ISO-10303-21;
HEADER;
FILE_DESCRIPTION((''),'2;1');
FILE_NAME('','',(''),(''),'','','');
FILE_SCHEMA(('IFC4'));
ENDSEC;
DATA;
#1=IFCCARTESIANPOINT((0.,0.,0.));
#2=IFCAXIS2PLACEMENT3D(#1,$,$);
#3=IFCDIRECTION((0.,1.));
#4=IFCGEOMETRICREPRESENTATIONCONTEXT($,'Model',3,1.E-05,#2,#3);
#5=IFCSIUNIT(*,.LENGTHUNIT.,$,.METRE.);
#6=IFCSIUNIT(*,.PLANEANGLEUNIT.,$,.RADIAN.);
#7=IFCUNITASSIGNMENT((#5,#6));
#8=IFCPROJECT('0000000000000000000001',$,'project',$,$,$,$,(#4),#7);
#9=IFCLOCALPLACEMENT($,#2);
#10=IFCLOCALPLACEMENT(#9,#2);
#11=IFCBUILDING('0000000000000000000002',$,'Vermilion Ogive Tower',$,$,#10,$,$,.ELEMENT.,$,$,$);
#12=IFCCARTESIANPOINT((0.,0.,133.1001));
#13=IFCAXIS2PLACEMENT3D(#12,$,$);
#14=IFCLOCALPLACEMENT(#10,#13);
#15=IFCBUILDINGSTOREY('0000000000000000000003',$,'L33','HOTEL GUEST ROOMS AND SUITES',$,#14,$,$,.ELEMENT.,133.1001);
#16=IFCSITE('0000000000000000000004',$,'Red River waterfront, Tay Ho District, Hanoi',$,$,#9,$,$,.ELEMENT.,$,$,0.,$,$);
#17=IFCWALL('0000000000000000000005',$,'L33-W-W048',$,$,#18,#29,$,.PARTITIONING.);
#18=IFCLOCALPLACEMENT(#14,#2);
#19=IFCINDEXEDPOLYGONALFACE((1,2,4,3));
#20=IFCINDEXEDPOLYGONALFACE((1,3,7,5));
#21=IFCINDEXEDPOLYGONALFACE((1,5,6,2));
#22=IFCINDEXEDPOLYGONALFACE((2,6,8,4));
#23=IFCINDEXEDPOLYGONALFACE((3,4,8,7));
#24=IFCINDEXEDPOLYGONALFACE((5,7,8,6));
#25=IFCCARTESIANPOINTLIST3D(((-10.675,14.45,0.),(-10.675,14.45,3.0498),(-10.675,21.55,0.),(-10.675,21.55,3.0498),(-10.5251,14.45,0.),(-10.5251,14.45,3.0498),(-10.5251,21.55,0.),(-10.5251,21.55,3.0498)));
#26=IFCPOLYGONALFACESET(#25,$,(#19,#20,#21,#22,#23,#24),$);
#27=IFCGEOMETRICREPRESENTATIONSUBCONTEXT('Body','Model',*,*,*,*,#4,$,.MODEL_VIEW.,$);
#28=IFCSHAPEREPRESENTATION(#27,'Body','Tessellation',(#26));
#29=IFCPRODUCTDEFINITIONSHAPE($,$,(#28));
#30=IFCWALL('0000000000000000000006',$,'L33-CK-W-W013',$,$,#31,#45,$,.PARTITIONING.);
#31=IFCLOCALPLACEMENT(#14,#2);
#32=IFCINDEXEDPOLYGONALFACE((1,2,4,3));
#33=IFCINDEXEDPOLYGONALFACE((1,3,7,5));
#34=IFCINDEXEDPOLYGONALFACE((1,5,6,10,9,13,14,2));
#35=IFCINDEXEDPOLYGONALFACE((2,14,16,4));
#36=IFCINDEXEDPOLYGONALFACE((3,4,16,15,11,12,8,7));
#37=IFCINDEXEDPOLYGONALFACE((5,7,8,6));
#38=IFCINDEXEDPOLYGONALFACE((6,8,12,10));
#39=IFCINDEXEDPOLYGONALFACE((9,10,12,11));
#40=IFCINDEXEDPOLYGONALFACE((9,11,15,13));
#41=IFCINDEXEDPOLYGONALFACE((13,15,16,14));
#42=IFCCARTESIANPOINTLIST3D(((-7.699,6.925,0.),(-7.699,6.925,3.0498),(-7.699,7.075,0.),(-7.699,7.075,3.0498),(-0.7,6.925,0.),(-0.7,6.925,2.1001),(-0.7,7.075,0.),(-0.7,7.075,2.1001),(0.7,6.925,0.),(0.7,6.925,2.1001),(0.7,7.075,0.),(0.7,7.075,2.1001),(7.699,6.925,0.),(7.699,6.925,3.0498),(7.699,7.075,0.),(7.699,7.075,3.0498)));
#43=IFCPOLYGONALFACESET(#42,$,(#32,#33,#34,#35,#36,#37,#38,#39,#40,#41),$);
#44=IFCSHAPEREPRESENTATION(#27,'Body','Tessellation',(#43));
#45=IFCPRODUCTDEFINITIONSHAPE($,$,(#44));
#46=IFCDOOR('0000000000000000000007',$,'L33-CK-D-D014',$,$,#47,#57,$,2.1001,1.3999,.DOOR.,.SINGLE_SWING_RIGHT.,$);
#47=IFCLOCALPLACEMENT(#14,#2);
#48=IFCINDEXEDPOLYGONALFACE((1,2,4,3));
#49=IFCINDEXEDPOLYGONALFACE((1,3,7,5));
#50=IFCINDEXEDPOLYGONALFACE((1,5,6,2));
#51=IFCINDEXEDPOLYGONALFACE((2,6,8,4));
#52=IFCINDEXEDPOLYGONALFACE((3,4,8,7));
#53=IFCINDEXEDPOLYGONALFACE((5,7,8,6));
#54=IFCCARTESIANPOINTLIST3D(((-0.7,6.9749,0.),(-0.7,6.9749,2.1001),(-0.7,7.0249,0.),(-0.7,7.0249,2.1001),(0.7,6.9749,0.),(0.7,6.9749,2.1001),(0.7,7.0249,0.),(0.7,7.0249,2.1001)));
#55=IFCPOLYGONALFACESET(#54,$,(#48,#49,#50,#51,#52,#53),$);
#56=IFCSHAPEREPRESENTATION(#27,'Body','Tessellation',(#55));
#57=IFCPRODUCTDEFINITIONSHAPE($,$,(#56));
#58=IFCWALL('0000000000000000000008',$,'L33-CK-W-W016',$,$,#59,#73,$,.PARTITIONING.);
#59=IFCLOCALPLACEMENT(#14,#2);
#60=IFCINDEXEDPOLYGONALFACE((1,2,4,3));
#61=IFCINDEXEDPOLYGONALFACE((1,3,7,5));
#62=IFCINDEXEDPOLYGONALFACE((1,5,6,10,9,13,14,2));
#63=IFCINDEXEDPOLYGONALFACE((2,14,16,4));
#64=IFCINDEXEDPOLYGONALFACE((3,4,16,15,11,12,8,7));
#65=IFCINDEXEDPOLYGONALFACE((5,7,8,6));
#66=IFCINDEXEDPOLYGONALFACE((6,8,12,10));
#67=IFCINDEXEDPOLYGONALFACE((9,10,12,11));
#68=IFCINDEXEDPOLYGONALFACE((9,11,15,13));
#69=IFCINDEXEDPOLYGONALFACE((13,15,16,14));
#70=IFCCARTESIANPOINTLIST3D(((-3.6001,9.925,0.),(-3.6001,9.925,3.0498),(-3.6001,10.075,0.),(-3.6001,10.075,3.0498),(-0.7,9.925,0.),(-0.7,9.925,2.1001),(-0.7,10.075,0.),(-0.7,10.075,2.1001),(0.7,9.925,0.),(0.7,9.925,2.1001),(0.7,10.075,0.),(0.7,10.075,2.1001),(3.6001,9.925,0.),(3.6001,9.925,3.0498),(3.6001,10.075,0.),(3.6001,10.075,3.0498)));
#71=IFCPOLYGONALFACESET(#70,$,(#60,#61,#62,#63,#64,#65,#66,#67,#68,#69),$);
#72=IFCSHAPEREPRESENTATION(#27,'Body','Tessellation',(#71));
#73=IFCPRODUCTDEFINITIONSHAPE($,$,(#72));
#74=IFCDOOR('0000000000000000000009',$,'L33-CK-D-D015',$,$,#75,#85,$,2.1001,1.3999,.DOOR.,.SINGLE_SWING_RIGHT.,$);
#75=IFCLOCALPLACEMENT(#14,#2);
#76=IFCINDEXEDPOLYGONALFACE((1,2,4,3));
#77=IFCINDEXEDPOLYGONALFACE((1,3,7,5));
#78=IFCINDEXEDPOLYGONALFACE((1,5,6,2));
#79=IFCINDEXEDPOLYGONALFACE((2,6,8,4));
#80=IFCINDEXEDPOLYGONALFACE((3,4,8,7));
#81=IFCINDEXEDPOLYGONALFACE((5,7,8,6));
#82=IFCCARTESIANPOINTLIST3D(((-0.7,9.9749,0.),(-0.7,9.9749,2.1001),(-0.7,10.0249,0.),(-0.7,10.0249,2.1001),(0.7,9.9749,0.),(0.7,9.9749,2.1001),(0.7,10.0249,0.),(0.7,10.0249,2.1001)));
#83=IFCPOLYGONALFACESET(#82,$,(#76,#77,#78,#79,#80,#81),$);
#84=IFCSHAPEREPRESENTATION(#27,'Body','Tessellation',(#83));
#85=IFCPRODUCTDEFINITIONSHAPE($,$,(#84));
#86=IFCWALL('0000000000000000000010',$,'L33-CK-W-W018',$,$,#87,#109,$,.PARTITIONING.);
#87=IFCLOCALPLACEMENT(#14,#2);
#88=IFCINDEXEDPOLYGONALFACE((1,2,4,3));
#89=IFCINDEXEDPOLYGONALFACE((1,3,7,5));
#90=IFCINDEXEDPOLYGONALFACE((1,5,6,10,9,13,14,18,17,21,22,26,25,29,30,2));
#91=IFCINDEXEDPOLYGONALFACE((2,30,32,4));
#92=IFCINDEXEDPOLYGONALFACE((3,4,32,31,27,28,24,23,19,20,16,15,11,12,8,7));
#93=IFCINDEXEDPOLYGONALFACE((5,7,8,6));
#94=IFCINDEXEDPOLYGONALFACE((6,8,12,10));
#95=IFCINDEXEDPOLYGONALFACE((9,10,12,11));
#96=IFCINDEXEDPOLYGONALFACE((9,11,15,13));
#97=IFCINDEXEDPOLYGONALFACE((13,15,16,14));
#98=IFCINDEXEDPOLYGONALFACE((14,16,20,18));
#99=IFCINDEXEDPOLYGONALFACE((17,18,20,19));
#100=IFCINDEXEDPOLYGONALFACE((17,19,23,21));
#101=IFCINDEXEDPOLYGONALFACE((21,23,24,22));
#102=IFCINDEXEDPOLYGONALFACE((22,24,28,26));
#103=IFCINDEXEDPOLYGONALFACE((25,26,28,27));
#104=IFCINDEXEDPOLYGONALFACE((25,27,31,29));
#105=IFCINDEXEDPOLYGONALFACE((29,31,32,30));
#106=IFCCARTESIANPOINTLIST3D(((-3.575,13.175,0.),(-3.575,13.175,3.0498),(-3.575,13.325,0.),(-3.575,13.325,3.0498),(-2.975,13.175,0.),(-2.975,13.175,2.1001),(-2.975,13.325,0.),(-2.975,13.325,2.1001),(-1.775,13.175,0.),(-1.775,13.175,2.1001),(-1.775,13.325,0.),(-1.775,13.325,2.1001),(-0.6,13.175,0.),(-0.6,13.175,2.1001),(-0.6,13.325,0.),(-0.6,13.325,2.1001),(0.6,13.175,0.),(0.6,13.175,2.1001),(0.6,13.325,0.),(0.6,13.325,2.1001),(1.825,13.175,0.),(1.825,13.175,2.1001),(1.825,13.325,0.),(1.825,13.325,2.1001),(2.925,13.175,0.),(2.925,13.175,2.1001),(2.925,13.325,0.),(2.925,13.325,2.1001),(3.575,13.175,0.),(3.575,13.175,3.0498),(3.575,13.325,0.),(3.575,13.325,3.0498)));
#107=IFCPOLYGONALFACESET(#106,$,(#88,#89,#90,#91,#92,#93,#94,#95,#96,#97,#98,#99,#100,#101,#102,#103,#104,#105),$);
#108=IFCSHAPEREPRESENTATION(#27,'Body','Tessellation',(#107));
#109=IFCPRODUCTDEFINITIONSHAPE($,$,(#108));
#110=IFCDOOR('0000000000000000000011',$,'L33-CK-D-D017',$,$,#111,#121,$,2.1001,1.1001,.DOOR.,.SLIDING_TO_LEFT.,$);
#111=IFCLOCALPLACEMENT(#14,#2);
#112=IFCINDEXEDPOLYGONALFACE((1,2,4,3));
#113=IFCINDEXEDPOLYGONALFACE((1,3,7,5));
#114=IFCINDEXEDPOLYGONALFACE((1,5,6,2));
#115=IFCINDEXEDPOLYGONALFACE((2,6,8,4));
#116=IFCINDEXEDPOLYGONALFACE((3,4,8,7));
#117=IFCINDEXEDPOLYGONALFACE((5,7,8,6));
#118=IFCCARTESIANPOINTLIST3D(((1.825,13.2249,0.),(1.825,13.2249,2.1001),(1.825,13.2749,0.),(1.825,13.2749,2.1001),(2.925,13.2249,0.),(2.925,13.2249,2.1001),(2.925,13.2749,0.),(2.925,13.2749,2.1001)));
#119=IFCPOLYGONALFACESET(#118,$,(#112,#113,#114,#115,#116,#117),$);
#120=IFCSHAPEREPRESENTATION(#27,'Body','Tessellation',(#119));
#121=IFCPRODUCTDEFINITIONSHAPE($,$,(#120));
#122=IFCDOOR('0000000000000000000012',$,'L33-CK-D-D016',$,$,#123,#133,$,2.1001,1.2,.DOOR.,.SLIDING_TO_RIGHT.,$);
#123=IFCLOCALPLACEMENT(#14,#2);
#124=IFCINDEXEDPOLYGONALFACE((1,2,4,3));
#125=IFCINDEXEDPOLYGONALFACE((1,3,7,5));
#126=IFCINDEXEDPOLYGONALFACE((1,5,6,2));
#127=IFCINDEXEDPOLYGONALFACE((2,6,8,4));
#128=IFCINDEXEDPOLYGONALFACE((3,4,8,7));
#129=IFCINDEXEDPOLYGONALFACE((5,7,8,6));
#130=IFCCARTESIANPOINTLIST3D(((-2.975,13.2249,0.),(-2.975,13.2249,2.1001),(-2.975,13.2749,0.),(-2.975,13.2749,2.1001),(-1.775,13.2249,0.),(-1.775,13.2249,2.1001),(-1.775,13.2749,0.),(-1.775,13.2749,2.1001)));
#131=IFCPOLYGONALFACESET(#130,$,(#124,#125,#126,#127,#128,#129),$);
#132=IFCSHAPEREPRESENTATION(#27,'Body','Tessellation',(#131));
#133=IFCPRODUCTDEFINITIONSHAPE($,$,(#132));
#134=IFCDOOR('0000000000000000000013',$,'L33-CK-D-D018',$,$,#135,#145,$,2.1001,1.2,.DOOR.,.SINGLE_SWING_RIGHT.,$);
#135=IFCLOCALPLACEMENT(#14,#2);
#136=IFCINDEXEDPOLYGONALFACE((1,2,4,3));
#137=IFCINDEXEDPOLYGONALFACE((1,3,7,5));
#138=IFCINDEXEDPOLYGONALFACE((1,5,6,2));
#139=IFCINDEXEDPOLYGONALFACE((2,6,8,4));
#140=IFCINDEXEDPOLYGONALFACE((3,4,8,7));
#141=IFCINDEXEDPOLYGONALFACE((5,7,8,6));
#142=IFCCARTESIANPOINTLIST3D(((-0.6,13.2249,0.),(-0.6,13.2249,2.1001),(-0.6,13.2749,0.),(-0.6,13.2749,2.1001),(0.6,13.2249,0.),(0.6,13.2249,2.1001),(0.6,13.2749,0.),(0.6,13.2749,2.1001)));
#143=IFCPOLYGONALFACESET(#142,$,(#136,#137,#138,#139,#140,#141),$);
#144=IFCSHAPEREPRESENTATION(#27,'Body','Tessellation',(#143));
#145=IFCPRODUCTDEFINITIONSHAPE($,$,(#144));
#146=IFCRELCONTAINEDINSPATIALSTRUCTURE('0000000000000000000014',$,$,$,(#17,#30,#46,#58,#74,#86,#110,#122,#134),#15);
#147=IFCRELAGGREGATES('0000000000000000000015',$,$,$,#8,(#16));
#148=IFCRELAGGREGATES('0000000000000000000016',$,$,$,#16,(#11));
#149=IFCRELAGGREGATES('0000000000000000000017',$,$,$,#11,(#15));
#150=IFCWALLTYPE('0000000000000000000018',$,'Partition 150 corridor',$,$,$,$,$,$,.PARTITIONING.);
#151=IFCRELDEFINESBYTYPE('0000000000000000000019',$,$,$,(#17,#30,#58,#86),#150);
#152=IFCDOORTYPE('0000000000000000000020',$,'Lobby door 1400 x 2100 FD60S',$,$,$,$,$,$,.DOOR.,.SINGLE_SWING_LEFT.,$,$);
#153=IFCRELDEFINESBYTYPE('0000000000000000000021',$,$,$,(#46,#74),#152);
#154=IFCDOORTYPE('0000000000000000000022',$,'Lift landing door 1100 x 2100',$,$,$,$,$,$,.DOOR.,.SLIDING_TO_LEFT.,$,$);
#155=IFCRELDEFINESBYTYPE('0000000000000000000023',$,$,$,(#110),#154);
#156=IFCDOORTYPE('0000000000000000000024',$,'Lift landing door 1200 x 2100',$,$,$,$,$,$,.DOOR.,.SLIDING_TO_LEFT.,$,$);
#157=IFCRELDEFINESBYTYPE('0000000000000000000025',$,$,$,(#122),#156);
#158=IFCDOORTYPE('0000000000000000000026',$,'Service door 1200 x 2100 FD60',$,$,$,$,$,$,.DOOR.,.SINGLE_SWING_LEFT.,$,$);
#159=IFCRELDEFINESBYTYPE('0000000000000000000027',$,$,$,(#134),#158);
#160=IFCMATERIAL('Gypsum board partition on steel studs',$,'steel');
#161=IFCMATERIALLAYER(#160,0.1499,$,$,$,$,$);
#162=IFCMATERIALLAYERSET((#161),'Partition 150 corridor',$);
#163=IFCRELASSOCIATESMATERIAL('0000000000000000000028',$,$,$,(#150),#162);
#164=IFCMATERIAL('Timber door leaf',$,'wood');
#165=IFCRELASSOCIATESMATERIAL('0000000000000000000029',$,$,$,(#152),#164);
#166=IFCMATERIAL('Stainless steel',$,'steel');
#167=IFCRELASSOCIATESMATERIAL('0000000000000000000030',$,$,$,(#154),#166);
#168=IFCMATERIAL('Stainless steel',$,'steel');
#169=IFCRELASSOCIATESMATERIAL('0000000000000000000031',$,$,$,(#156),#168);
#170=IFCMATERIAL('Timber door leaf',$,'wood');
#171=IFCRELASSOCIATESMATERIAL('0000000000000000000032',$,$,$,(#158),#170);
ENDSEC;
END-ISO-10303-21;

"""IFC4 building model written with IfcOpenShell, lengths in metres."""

from ifc_helpers import new_model, si_unit, direction, frame, frame_2d, origin, place, context, subcontext, project, spatial, rectangle, extrude, material, layer, layer_set, type_object, element, fill, save


model = new_model("IFC4")

# Units and contexts
model_context = context("Model", 3, precision=1e-05, world=origin(), true_north=direction((0.0, 1.0)))
body_context = subcontext(model_context, "Body", "Model", "MODEL_VIEW")
ifc_project = project(units=[si_unit("LENGTHUNIT", "METRE"), si_unit("PLANEANGLEUNIT", "RADIAN")], contexts=[model_context])

# Site, building, storey
site_placement = place(None, origin())
site = spatial("IfcSite", under=ifc_project, at=site_placement, Name="Red River waterfront, Tay Ho District, Hanoi", CompositionType="ELEMENT", RefElevation=0.0)
building_placement = place(site_placement, origin())
building = spatial("IfcBuilding", under=site, at=building_placement, Name="Vermilion Ogive Tower", CompositionType="ELEMENT")
storey_placement = place(building_placement, frame((0.0, 0.0, 133.1001)))
storey = spatial("IfcBuildingStorey", under=building, at=storey_placement, Name="L33", Description="HOTEL GUEST ROOMS AND SUITES", CompositionType="ELEMENT", Elevation=133.1001)

# Wall
ifc_material_1 = material(Name="Gypsum board partition on steel studs", Category="steel")
ifc_layer_1 = layer(ifc_material_1, 0.1499)
ifc_layer_set_1 = layer_set([ifc_layer_1], Name="Partition 150 corridor")
wall_type_1 = type_object("IfcWallType", Name="Partition 150 corridor", PredefinedType="PARTITIONING", material=ifc_layer_set_1)
wall_1_placement = place(storey_placement, frame((-10.6001, 14.45, 0.0), z_axis=(0.0, 0.0, 1.0), x_axis=(0.0, 1.0, 0.0)))
element("IfcWall", 1, at=wall_1_placement, inside=storey, type_object=wall_type_1, Name="L33-W-W048", PredefinedType="PARTITIONING", context=body_context, shape_type="SweptSolid", body=[
    extrude(rectangle(XDim=7.1001, YDim=0.1499, at=frame_2d((3.55, 0.0))), origin(), (0.0, 0.0, 1.0), 3.0498),
])

# Walls, openings, doors
wall_2_placement = place(storey_placement, frame((-7.699, 7.0, 0.0), z_axis=(0.0, 0.0, 1.0), x_axis=(1.0, 0.0, 0.0)))
wall_2 = element("IfcWall", 2, at=wall_2_placement, inside=storey, type_object=wall_type_1, Name="L33-CK-W-W013", PredefinedType="PARTITIONING", context=body_context, shape_type="SweptSolid", body=[
    extrude(rectangle(XDim=15.3979, YDim=0.1499, at=frame_2d((7.699, 0.0))), origin(), (0.0, 0.0, 1.0), 3.0498),
])
opening_1_placement = place(wall_2_placement, frame((6.999, 0.0, 0.0)))
opening_1 = element("IfcOpeningElement", 3, at=opening_1_placement, cuts=wall_2, PredefinedType="OPENING", context=body_context, shape_type="SweptSolid", body=[
    extrude(rectangle(XDim=1.3999, YDim=2.1001, at=frame_2d((0.7, 1.05))), frame((0.0, 0.085, 0.0), z_axis=(0.0, -1.0, 0.0), x_axis=(1.0, 0.0, 0.0)), (0.0, 0.0, 1.0), 0.1699),
])
ifc_material_2 = material(Name="Timber door leaf", Category="wood")
door_type_1 = type_object("IfcDoorType", Name="Lobby door 1400 x 2100 FD60S", OperationType="SINGLE_SWING_LEFT", PredefinedType="DOOR", material=ifc_material_2)
door_1_placement = place(opening_1_placement, origin())
door_1 = element("IfcDoor", 4, at=door_1_placement, inside=storey, type_object=door_type_1, Name="L33-CK-D-D014", OperationType="SINGLE_SWING_RIGHT", OverallHeight=2.1001, OverallWidth=1.3999, PredefinedType="DOOR", context=body_context, shape_type="SweptSolid", body=[
    extrude(rectangle(XDim=1.3999, YDim=2.1001, at=frame_2d((0.7, 1.05))), frame((0.0, 0.0249, 0.0), z_axis=(0.0, -1.0, 0.0), x_axis=(1.0, 0.0, 0.0)), (0.0, 0.0, 1.0), 0.05),
])
fill(opening_1, door_1)
wall_3_placement = place(storey_placement, frame((-3.6001, 10.0, 0.0), z_axis=(0.0, 0.0, 1.0), x_axis=(1.0, 0.0, 0.0)))
wall_3 = element("IfcWall", 5, at=wall_3_placement, inside=storey, type_object=wall_type_1, Name="L33-CK-W-W016", PredefinedType="PARTITIONING", context=body_context, shape_type="SweptSolid", body=[
    extrude(rectangle(XDim=7.2002, YDim=0.1499, at=frame_2d((3.6001, 0.0))), origin(), (0.0, 0.0, 1.0), 3.0498),
])
opening_2_placement = place(wall_3_placement, frame((2.9001, 0.0, 0.0)))
opening_2 = element("IfcOpeningElement", 6, at=opening_2_placement, cuts=wall_3, PredefinedType="OPENING", context=body_context, shape_type="SweptSolid", body=[
    extrude(rectangle(XDim=1.3999, YDim=2.1001, at=frame_2d((0.7, 1.05))), frame((0.0, 0.085, 0.0), z_axis=(0.0, -1.0, 0.0), x_axis=(1.0, 0.0, 0.0)), (0.0, 0.0, 1.0), 0.1699),
])
door_2_placement = place(opening_2_placement, origin())
door_2 = element("IfcDoor", 7, at=door_2_placement, inside=storey, type_object=door_type_1, Name="L33-CK-D-D015", OperationType="SINGLE_SWING_RIGHT", OverallHeight=2.1001, OverallWidth=1.3999, PredefinedType="DOOR", context=body_context, shape_type="SweptSolid", body=[
    extrude(rectangle(XDim=1.3999, YDim=2.1001, at=frame_2d((0.7, 1.05))), frame((0.0, 0.0249, 0.0), z_axis=(0.0, -1.0, 0.0), x_axis=(1.0, 0.0, 0.0)), (0.0, 0.0, 1.0), 0.05),
])
fill(opening_2, door_2)

# Wall, openings, doors
wall_4_placement = place(storey_placement, frame((-3.575, 13.25, 0.0), z_axis=(0.0, 0.0, 1.0), x_axis=(1.0, 0.0, 0.0)))
wall_4 = element("IfcWall", 8, at=wall_4_placement, inside=storey, type_object=wall_type_1, Name="L33-CK-W-W018", PredefinedType="PARTITIONING", context=body_context, shape_type="SweptSolid", body=[
    extrude(rectangle(XDim=7.1499, YDim=0.1499, at=frame_2d((3.575, 0.0))), origin(), (0.0, 0.0, 1.0), 3.0498),
])
opening_3_placement = place(wall_4_placement, frame((0.5999, 0.0, 0.0)))
opening_3 = element("IfcOpeningElement", 9, at=opening_3_placement, cuts=wall_4, PredefinedType="OPENING", context=body_context, shape_type="SweptSolid", body=[
    extrude(rectangle(XDim=1.2, YDim=2.1001, at=frame_2d((0.6001, 1.05))), frame((0.0, 0.085, 0.0), z_axis=(0.0, -1.0, 0.0), x_axis=(1.0, 0.0, 0.0)), (0.0, 0.0, 1.0), 0.1699),
])
opening_4_placement = place(wall_4_placement, frame((5.3999, 0.0, 0.0)))
opening_4 = element("IfcOpeningElement", 10, at=opening_4_placement, cuts=wall_4, PredefinedType="OPENING", context=body_context, shape_type="SweptSolid", body=[
    extrude(rectangle(XDim=1.1001, YDim=2.1001, at=frame_2d((0.55, 1.05))), frame((0.0, 0.085, 0.0), z_axis=(0.0, -1.0, 0.0), x_axis=(1.0, 0.0, 0.0)), (0.0, 0.0, 1.0), 0.1699),
])
opening_5_placement = place(wall_4_placement, frame((2.9749, 0.0, 0.0)))
opening_5 = element("IfcOpeningElement", 11, at=opening_5_placement, cuts=wall_4, PredefinedType="OPENING", context=body_context, shape_type="SweptSolid", body=[
    extrude(rectangle(XDim=1.2, YDim=2.1001, at=frame_2d((0.6001, 1.05))), frame((0.0, 0.085, 0.0), z_axis=(0.0, -1.0, 0.0), x_axis=(1.0, 0.0, 0.0)), (0.0, 0.0, 1.0), 0.1699),
])
ifc_material_3 = material(Name="Stainless steel", Category="steel")
door_type_2 = type_object("IfcDoorType", Name="Lift landing door 1100 x 2100", OperationType="SLIDING_TO_LEFT", PredefinedType="DOOR", material=ifc_material_3)
door_3_placement = place(opening_4_placement, origin())
door_3 = element("IfcDoor", 12, at=door_3_placement, inside=storey, type_object=door_type_2, Name="L33-CK-D-D017", OperationType="SLIDING_TO_LEFT", OverallHeight=2.1001, OverallWidth=1.1001, PredefinedType="DOOR", context=body_context, shape_type="SweptSolid", body=[
    extrude(rectangle(XDim=1.1001, YDim=2.1001, at=frame_2d((0.55, 1.05))), frame((0.0, 0.0249, 0.0), z_axis=(0.0, -1.0, 0.0), x_axis=(1.0, 0.0, 0.0)), (0.0, 0.0, 1.0), 0.05),
])
fill(opening_4, door_3)
ifc_material_4 = material(Name="Stainless steel", Category="steel")
door_type_3 = type_object("IfcDoorType", Name="Lift landing door 1200 x 2100", OperationType="SLIDING_TO_LEFT", PredefinedType="DOOR", material=ifc_material_4)
door_4_placement = place(opening_3_placement, origin())
door_4 = element("IfcDoor", 13, at=door_4_placement, inside=storey, type_object=door_type_3, Name="L33-CK-D-D016", OperationType="SLIDING_TO_RIGHT", OverallHeight=2.1001, OverallWidth=1.2, PredefinedType="DOOR", context=body_context, shape_type="SweptSolid", body=[
    extrude(rectangle(XDim=1.2, YDim=2.1001, at=frame_2d((0.6001, 1.05))), frame((0.0, 0.0249, 0.0), z_axis=(0.0, -1.0, 0.0), x_axis=(1.0, 0.0, 0.0)), (0.0, 0.0, 1.0), 0.05),
])
fill(opening_3, door_4)
ifc_material_5 = material(Name="Timber door leaf", Category="wood")
door_type_4 = type_object("IfcDoorType", Name="Service door 1200 x 2100 FD60", OperationType="SINGLE_SWING_LEFT", PredefinedType="DOOR", material=ifc_material_5)
door_5_placement = place(opening_5_placement, origin())
door_5 = element("IfcDoor", 14, at=door_5_placement, inside=storey, type_object=door_type_4, Name="L33-CK-D-D018", OperationType="SINGLE_SWING_RIGHT", OverallHeight=2.1001, OverallWidth=1.2, PredefinedType="DOOR", context=body_context, shape_type="SweptSolid", body=[
    extrude(rectangle(XDim=1.2, YDim=2.1001, at=frame_2d((0.6001, 1.05))), frame((0.0, 0.0249, 0.0), z_axis=(0.0, -1.0, 0.0), x_axis=(1.0, 0.0, 0.0)), (0.0, 0.0, 1.0), 0.05),
])
fill(opening_5, door_5)

save(model, "model.ifc")
